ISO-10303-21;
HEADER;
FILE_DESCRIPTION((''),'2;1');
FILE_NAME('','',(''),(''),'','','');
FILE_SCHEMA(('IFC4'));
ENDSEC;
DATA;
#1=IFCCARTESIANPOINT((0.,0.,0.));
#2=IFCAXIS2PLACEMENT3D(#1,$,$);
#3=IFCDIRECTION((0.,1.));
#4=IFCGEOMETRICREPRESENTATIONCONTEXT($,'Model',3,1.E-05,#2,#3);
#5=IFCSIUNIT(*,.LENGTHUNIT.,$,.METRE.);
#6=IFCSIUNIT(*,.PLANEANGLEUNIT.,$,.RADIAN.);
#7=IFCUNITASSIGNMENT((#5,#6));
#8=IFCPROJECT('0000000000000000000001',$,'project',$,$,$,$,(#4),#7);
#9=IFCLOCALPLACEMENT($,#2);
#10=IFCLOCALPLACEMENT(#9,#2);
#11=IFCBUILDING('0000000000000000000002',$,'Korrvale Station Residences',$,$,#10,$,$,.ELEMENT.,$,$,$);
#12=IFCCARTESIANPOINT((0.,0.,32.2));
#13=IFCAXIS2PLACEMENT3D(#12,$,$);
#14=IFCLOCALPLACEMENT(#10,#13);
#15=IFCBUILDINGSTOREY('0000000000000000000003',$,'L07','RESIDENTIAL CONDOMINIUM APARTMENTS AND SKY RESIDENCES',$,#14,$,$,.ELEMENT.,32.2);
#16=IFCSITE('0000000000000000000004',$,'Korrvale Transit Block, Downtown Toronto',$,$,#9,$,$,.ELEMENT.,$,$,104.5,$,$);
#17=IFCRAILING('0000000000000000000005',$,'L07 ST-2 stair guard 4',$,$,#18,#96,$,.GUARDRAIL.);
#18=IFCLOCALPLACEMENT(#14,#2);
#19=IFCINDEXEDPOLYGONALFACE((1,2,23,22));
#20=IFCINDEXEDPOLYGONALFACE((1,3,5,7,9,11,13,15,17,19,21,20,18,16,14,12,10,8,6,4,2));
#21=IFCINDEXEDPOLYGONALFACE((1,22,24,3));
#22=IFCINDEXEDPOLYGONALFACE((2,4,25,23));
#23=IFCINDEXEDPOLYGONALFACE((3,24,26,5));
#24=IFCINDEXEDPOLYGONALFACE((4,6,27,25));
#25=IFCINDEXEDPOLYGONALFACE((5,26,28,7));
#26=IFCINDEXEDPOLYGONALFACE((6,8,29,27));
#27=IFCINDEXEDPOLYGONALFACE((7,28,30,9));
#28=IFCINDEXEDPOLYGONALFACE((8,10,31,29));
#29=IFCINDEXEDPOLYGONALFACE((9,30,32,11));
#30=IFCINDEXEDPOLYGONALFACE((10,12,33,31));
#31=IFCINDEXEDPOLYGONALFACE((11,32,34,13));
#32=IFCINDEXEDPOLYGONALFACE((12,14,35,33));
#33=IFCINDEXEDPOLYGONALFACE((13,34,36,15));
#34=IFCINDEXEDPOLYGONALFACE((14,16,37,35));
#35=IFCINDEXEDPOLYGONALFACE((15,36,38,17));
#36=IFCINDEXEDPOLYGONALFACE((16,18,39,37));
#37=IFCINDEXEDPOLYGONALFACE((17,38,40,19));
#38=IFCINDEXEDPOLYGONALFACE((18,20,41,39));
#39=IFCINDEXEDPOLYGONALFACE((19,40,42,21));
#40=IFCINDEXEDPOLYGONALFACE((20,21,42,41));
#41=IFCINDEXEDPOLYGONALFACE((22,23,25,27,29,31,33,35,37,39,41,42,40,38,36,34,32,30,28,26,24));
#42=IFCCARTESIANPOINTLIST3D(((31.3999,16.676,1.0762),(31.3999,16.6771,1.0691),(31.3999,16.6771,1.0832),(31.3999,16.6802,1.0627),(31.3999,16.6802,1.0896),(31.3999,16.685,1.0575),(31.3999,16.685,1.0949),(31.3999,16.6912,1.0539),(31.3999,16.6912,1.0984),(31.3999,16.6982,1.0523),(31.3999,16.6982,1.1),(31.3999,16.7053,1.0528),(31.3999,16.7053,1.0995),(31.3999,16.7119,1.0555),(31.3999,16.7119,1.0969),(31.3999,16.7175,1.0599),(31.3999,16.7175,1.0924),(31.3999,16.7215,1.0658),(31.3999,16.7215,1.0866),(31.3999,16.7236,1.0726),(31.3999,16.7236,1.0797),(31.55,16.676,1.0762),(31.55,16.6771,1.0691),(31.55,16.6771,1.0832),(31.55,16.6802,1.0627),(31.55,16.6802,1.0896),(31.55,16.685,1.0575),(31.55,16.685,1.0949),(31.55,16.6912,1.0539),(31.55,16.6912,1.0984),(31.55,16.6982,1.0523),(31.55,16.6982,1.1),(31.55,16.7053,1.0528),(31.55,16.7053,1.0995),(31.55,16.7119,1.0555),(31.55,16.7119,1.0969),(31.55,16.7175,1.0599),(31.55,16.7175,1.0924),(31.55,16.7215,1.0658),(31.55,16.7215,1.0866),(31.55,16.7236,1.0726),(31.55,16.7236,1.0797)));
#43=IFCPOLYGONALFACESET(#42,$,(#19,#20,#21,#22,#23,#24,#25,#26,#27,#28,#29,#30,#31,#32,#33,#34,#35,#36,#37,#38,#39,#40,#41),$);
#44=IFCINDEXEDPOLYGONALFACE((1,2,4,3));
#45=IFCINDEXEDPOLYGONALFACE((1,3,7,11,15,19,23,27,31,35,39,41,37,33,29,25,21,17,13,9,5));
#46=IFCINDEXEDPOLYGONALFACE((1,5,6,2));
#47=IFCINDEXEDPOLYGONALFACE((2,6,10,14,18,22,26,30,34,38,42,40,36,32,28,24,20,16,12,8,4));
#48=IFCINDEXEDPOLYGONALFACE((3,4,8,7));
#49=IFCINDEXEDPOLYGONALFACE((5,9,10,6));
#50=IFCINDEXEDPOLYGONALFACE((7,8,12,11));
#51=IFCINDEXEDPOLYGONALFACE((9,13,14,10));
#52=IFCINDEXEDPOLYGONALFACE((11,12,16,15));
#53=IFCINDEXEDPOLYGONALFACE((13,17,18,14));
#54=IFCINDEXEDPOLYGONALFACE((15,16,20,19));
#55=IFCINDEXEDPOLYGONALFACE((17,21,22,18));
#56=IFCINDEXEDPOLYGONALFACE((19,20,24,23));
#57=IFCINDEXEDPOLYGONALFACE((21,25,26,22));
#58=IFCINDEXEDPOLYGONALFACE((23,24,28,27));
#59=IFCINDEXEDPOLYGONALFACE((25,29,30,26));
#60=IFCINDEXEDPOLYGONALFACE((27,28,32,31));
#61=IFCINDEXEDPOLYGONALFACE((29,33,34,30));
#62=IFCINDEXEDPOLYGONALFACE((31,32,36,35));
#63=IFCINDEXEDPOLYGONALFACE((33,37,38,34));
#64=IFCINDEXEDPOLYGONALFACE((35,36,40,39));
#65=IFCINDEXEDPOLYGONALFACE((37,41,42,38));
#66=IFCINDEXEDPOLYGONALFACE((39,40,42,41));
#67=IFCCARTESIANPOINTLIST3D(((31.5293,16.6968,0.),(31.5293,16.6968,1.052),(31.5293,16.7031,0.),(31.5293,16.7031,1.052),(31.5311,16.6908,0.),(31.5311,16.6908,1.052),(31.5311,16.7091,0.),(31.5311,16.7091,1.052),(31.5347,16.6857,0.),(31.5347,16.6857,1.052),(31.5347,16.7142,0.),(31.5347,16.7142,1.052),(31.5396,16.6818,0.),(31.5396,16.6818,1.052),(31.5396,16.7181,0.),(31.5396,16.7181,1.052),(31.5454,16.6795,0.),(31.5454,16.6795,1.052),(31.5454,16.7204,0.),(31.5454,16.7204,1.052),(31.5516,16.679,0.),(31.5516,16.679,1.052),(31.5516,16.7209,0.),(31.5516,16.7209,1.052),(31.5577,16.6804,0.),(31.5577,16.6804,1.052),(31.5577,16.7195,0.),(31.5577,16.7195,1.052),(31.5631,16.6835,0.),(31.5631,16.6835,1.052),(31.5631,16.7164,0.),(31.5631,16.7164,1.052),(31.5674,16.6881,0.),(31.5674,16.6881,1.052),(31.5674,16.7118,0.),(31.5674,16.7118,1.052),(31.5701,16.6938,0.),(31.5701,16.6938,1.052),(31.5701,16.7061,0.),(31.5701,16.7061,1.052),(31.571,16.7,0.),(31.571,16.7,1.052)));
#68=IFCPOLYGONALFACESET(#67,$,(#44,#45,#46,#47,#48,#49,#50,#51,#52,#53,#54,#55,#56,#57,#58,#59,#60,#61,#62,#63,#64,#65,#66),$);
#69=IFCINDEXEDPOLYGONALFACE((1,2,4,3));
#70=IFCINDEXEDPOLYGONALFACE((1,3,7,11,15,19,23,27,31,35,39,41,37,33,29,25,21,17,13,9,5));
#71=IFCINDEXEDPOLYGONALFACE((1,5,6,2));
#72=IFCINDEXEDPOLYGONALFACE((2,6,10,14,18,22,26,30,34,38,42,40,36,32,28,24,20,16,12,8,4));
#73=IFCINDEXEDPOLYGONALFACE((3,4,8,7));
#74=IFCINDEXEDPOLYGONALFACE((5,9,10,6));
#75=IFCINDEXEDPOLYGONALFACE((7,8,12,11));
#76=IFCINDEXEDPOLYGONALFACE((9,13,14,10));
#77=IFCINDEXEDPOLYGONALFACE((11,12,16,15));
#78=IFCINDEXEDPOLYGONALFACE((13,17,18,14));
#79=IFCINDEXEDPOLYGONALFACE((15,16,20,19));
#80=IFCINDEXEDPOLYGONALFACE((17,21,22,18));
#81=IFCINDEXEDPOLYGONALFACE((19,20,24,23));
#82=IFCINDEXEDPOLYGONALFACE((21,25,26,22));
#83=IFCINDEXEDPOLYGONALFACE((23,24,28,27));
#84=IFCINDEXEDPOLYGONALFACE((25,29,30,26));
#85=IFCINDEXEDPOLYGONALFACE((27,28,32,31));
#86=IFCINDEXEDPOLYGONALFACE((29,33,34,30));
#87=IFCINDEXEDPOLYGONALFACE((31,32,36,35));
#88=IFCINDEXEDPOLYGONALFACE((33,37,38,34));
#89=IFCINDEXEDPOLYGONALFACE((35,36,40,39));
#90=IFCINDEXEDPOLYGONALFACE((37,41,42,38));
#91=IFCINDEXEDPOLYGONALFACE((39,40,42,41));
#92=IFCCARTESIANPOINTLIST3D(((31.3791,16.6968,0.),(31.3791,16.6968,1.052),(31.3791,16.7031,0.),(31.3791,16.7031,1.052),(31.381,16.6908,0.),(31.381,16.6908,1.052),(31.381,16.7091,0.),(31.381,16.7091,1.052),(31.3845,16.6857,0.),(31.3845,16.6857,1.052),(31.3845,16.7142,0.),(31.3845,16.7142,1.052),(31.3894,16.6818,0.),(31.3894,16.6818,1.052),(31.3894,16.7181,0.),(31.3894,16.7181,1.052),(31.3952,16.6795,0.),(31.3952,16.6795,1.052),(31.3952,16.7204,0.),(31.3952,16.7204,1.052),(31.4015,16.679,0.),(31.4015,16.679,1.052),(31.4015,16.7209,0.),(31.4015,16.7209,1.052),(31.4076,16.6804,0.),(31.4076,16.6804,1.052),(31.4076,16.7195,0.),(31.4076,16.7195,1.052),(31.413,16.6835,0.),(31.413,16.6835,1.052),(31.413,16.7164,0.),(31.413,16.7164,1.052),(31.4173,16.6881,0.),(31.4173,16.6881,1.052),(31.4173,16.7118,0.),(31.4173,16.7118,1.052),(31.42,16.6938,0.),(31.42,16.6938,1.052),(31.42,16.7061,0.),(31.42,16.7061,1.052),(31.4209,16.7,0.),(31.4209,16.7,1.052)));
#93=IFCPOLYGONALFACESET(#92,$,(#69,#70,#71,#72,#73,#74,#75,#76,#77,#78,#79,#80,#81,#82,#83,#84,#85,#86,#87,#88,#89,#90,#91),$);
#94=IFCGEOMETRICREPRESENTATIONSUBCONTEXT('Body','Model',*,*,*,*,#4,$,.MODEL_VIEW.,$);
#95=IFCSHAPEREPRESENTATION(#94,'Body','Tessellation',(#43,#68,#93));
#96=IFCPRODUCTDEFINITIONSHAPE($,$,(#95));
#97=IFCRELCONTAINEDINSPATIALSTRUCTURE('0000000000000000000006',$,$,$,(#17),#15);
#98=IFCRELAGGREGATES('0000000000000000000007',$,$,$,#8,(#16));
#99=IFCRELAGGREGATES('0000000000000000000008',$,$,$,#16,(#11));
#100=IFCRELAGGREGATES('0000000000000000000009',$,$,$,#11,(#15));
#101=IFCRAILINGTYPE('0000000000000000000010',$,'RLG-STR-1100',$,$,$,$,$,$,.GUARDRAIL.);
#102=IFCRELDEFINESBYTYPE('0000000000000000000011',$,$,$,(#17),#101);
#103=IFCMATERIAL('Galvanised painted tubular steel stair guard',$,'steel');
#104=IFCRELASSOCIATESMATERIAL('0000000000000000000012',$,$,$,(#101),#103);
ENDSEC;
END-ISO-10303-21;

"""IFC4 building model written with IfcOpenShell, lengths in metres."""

from ifc_helpers import new_model, si_unit, direction, frame, origin, origin_2d, place, context, subcontext, project, spatial, circle, extrude, material, type_object, element, save


model = new_model("IFC4")

# Units and contexts
model_context = context("Model", 3, precision=1e-05, world=origin(), true_north=direction((0.0, 1.0)))
body_context = subcontext(model_context, "Body", "Model", "MODEL_VIEW")
ifc_project = project(units=[si_unit("LENGTHUNIT", "METRE"), si_unit("PLANEANGLEUNIT", "RADIAN")], contexts=[model_context])

# Site, building, storey
site_placement = place(None, origin())
site = spatial("IfcSite", under=ifc_project, at=site_placement, Name="Korrvale Transit Block, Downtown Toronto", CompositionType="ELEMENT", RefElevation=104.5)
building_placement = place(site_placement, origin())
building = spatial("IfcBuilding", under=site, at=building_placement, Name="Korrvale Station Residences", CompositionType="ELEMENT")
storey_placement = place(building_placement, frame((0.0, 0.0, 32.2)))
storey = spatial("IfcBuildingStorey", under=building, at=storey_placement, Name="L07", Description="RESIDENTIAL CONDOMINIUM APARTMENTS AND SKY RESIDENCES", CompositionType="ELEMENT", Elevation=32.2)

# Railing
ifc_material_1 = material(Name="Galvanised painted tubular steel stair guard", Category="steel")
railing_type_1 = type_object("IfcRailingType", Name="RLG-STR-1100", PredefinedType="GUARDRAIL", material=ifc_material_1)
railing_1_placement = place(storey_placement, frame((31.55, 16.7, 0.0)))
element("IfcRailing", 1, at=railing_1_placement, inside=storey, type_object=railing_type_1, Name="L07 ST-2 stair guard 4", PredefinedType="GUARDRAIL", context=body_context, shape_type="SweptSolid", body=[
    extrude(circle(Radius=0.0239, at=origin_2d()), frame((0.0, 0.0, 1.0762), z_axis=(-1.0, 0.0, 0.0), x_axis=(0.0, -1.0, 0.0)), (0.0, 0.0, 1.0), 0.1501),
    extrude(circle(Radius=0.021, at=origin_2d()), origin(), (0.0, 0.0, 1.0), 1.052),
    extrude(circle(Radius=0.021, at=origin_2d()), frame((-0.1501, 0.0, 0.0)), (0.0, 0.0, 1.0), 1.052),
])

save(model, "model.ifc")
